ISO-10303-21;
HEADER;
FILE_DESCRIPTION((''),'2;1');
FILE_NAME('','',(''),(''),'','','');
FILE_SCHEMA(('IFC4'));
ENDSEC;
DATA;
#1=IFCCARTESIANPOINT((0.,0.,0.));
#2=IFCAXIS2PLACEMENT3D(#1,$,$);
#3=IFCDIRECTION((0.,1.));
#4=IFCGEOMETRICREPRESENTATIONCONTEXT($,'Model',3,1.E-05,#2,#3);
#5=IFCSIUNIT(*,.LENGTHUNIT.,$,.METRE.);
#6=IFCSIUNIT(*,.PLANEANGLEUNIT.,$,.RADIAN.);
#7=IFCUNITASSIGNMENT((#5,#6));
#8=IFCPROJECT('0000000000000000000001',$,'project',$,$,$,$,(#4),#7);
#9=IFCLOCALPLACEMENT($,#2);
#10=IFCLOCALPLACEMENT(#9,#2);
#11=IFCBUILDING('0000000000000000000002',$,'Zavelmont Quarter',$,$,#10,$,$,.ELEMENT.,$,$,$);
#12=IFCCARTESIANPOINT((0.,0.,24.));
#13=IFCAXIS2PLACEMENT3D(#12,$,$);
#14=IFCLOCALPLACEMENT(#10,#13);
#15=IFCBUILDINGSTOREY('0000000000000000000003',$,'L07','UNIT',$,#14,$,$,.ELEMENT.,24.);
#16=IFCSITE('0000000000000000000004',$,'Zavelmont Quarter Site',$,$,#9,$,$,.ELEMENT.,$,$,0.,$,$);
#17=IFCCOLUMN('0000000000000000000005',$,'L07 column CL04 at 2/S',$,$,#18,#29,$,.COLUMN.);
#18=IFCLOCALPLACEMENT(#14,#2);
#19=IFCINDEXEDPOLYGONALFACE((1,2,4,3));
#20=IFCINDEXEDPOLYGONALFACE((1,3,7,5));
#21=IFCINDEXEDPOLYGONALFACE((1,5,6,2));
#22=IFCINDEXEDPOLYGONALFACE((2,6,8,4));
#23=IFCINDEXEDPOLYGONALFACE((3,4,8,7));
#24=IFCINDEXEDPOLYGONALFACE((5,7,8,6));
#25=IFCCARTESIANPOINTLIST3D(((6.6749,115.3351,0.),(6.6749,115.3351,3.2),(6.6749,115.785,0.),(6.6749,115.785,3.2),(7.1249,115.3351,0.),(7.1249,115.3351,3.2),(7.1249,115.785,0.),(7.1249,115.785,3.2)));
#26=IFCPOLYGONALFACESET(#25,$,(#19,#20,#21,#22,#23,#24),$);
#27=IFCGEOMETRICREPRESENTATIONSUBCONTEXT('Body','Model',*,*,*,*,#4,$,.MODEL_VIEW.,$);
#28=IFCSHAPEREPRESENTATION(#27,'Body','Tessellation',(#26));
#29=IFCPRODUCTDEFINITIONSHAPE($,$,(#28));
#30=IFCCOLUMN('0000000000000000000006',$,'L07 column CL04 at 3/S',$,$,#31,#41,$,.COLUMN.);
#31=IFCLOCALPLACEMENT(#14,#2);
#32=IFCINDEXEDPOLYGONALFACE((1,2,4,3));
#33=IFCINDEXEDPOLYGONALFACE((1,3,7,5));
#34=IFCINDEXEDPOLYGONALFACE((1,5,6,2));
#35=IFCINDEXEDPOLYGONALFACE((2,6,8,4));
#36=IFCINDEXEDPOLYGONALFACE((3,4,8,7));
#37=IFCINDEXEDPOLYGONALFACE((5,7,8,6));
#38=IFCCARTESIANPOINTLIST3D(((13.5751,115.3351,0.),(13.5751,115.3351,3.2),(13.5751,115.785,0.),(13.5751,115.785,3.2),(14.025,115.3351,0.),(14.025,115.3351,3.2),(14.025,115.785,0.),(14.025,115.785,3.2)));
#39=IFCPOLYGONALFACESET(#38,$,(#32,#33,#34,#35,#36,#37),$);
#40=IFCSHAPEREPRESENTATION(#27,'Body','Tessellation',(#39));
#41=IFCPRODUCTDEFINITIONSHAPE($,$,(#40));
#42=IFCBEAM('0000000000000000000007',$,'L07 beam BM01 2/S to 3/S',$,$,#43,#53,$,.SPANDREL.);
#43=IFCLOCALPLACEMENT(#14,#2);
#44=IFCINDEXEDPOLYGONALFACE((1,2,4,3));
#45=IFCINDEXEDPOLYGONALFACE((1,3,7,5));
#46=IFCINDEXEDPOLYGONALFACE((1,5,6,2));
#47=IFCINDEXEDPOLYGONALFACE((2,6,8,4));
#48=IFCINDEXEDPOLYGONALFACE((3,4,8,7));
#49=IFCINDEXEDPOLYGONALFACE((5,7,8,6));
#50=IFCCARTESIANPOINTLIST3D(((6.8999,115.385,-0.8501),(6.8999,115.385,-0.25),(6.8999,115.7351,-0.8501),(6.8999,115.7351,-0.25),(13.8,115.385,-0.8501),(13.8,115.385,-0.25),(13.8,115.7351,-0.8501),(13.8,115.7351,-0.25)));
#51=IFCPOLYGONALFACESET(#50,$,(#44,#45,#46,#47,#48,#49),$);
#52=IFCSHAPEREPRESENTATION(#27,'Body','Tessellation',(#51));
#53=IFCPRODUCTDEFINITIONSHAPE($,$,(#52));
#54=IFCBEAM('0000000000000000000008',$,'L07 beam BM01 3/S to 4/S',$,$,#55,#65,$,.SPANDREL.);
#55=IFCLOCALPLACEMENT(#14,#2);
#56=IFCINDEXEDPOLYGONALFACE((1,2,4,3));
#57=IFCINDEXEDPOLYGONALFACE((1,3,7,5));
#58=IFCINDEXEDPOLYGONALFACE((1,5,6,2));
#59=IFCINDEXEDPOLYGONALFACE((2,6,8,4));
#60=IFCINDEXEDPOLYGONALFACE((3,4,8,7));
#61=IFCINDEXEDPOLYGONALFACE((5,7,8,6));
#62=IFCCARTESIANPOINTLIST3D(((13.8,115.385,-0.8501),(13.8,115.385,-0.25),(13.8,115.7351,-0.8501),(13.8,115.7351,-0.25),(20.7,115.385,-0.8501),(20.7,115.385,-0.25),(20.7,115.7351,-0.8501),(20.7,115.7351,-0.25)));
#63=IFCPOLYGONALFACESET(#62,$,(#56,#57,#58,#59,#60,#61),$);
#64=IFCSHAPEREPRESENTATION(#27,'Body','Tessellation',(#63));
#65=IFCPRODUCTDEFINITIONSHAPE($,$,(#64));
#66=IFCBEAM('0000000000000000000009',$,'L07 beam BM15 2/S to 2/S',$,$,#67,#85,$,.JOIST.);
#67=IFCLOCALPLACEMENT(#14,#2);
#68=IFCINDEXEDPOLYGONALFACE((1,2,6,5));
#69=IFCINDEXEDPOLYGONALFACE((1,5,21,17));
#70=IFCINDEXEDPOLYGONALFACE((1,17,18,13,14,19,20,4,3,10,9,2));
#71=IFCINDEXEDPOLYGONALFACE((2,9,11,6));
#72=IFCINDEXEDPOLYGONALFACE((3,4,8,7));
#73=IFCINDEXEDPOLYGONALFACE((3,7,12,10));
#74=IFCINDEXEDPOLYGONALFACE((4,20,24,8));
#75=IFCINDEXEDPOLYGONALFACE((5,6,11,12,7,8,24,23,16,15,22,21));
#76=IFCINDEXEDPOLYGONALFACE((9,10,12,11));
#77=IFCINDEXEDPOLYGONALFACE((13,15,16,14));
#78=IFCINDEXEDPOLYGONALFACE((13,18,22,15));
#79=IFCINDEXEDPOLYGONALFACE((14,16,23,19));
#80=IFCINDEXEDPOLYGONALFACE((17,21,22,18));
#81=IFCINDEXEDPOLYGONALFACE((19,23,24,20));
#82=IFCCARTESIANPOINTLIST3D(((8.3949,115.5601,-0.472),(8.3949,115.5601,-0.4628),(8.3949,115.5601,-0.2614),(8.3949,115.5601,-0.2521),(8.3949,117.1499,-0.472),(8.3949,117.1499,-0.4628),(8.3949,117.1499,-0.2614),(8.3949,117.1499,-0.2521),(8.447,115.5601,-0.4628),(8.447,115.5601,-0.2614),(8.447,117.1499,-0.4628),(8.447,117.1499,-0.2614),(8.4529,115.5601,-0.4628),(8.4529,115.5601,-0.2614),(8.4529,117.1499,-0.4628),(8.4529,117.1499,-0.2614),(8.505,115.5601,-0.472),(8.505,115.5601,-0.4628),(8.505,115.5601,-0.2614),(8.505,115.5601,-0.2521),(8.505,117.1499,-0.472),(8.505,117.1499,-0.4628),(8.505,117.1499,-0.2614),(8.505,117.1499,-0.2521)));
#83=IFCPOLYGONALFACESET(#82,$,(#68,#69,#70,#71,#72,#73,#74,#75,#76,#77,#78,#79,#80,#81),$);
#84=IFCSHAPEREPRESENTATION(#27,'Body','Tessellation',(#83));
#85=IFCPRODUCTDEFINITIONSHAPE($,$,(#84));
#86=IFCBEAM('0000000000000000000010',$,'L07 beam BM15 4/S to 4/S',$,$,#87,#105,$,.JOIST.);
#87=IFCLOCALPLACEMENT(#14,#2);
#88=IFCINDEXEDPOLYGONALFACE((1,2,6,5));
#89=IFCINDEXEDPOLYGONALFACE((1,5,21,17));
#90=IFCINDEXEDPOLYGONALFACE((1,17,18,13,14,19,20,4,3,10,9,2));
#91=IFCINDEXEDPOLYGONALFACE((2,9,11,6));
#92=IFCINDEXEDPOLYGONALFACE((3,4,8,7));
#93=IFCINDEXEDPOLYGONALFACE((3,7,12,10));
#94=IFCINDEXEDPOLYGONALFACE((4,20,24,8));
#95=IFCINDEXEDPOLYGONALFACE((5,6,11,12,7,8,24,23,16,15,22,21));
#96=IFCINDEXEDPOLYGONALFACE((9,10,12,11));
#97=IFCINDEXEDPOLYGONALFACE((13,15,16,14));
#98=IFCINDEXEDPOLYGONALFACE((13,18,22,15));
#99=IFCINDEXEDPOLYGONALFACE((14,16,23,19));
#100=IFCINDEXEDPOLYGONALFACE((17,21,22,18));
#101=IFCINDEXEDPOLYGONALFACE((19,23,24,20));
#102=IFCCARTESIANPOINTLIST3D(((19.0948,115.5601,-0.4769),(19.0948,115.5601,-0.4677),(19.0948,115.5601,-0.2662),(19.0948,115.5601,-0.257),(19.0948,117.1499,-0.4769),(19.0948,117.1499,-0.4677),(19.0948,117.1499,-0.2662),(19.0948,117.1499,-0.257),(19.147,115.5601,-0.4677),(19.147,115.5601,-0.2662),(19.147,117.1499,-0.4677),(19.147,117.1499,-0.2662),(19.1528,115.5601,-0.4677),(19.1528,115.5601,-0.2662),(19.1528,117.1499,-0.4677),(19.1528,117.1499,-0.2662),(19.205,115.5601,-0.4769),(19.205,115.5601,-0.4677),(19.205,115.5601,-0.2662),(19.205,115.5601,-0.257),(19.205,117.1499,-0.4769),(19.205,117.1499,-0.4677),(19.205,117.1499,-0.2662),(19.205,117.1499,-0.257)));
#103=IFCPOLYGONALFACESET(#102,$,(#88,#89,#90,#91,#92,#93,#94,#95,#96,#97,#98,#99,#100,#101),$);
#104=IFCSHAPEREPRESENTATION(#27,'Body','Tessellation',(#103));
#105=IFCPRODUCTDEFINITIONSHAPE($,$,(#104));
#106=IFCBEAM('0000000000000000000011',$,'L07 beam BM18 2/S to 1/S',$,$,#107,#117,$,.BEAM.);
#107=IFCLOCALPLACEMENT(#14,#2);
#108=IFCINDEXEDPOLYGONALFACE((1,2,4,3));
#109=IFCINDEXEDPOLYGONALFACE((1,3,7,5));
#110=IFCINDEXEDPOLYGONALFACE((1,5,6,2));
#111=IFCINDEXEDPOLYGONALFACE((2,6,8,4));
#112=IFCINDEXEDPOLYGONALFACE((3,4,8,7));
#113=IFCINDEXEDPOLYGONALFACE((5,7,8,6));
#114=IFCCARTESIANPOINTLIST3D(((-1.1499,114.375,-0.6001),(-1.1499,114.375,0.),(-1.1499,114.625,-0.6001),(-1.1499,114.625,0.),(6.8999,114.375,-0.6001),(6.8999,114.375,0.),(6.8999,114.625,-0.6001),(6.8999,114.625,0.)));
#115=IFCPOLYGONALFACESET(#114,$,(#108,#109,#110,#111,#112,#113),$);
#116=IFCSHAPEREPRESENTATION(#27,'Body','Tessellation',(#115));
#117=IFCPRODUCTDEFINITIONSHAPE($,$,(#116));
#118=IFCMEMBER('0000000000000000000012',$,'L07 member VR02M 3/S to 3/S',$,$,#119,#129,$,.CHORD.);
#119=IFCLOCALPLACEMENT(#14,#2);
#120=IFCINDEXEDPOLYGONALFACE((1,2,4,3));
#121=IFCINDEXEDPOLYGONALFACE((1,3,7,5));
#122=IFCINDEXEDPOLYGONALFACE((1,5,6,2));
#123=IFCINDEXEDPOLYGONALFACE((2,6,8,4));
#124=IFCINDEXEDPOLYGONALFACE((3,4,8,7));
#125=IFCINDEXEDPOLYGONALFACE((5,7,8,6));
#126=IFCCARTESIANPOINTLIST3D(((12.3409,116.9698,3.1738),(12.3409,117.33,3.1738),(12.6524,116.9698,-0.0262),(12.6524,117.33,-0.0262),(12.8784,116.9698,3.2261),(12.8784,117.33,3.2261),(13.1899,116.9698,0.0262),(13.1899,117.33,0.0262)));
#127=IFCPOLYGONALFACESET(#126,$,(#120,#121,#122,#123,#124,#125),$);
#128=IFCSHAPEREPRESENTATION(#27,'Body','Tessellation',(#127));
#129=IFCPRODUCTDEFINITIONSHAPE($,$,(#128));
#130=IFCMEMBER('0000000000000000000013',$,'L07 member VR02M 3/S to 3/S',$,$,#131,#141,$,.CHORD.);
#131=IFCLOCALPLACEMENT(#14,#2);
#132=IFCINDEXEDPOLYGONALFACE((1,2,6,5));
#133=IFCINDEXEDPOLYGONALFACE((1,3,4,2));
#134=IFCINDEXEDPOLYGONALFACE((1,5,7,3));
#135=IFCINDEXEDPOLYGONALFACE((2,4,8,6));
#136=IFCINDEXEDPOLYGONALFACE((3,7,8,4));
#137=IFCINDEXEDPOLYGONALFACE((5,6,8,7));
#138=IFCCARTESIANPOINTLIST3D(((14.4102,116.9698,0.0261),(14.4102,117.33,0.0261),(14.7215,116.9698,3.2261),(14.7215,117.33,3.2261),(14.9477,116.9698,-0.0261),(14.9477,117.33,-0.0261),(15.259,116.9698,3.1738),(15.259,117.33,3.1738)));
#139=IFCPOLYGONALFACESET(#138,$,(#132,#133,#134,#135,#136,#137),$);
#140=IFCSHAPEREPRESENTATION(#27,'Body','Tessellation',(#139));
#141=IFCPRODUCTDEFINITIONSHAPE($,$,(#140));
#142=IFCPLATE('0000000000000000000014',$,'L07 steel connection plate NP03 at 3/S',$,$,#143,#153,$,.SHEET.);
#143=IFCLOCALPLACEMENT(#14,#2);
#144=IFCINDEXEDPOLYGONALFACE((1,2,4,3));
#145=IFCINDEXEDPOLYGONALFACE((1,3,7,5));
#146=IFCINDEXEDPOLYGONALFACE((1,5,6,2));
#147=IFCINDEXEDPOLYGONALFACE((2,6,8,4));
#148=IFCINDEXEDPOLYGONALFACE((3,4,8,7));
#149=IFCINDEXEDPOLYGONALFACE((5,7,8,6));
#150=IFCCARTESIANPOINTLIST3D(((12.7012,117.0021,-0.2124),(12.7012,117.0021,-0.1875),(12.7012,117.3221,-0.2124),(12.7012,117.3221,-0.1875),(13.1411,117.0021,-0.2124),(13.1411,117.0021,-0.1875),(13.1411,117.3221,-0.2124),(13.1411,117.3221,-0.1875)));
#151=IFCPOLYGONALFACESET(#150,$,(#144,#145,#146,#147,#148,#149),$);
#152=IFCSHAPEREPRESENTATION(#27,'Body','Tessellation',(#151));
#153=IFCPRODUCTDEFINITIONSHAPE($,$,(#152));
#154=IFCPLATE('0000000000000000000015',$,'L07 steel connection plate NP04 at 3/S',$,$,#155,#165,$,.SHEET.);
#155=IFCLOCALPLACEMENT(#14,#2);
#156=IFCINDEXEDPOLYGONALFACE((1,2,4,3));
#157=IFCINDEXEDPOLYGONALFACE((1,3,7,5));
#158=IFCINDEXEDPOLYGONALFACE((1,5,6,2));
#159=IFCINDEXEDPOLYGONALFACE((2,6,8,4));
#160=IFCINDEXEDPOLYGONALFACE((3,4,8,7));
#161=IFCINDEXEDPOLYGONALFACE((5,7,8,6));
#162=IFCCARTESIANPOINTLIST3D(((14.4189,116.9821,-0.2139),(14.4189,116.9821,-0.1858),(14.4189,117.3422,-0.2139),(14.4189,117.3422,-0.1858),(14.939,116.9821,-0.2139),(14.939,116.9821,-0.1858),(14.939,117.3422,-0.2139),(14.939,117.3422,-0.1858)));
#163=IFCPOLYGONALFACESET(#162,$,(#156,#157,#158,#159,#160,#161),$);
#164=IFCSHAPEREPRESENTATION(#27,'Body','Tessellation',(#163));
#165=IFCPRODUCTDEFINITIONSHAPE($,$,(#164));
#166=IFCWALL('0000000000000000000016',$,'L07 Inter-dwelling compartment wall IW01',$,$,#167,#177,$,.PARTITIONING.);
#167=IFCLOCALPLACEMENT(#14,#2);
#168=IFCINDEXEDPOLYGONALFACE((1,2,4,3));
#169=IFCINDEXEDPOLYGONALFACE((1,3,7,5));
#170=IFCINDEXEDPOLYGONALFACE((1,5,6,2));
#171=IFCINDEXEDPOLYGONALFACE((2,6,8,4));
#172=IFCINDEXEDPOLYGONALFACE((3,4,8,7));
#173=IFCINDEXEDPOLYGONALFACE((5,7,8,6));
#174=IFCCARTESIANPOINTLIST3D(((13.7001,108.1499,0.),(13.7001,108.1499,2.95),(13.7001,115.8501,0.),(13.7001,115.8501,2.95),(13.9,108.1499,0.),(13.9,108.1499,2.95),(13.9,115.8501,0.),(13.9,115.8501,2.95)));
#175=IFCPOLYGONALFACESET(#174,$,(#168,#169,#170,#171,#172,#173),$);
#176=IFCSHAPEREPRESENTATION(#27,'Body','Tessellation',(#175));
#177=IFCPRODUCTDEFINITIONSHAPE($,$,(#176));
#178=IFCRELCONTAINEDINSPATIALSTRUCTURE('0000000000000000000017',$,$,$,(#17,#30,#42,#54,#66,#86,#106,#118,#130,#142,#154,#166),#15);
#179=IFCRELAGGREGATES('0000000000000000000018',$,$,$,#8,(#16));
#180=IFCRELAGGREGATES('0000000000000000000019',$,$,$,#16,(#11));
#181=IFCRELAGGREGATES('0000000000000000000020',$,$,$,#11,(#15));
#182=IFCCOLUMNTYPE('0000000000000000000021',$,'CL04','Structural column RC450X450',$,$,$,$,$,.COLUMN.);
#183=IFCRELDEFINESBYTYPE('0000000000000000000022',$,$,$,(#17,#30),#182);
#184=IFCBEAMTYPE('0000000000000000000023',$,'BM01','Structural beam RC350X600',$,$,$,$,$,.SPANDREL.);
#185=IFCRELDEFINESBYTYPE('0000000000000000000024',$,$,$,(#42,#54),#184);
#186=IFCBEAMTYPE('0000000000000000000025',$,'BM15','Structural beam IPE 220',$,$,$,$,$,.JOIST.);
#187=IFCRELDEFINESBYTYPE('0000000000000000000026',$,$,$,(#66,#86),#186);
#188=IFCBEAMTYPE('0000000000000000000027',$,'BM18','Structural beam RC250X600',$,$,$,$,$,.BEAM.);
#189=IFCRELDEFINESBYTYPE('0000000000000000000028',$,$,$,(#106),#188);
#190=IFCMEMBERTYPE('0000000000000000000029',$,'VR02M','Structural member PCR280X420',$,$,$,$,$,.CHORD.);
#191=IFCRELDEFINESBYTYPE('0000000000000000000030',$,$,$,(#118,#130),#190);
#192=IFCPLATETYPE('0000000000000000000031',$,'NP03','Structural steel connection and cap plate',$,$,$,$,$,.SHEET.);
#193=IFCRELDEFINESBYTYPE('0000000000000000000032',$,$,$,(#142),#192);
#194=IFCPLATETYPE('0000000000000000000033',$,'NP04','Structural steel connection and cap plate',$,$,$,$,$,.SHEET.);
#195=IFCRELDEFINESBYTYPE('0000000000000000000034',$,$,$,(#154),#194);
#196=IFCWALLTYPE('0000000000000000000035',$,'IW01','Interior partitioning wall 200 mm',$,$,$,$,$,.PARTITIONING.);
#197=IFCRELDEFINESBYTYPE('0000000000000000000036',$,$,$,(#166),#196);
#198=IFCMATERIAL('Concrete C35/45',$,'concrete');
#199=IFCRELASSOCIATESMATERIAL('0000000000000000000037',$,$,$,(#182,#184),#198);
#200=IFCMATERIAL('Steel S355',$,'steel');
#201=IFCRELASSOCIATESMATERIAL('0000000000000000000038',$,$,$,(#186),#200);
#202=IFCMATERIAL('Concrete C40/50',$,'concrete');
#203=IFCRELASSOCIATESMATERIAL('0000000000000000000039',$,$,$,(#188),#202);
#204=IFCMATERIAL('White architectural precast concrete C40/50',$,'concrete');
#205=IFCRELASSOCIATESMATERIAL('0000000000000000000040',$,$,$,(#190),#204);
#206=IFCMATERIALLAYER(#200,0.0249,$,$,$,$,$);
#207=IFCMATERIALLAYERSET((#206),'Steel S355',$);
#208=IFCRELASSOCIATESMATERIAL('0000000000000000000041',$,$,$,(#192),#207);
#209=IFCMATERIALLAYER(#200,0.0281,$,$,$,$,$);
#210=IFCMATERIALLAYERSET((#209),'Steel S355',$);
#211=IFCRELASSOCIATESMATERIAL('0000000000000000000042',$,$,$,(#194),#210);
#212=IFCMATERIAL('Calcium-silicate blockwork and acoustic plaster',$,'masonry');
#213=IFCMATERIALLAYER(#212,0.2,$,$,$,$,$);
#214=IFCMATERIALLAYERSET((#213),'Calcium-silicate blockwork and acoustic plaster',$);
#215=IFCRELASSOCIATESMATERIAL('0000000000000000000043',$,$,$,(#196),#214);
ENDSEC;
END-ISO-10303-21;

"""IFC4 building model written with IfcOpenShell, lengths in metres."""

from ifc_helpers import new_model, si_unit, direction, frame, frame_2d, origin, origin_2d, place, context, subcontext, project, spatial, rectangle, i_section, extrude, material, layer, layer_set, material_profile, profile_set, type_object, element, save


model = new_model("IFC4")

# Units and contexts
model_context = context("Model", 3, precision=1e-05, world=origin(), true_north=direction((0.0, 1.0)))
body_context = subcontext(model_context, "Body", "Model", "MODEL_VIEW")
ifc_project = project(units=[si_unit("LENGTHUNIT", "METRE"), si_unit("PLANEANGLEUNIT", "RADIAN")], contexts=[model_context])

# Site, building, storey
site_placement = place(None, origin())
site = spatial("IfcSite", under=ifc_project, at=site_placement, Name="Zavelmont Quarter Site", CompositionType="ELEMENT", RefElevation=0.0)
building_placement = place(site_placement, origin())
building = spatial("IfcBuilding", under=site, at=building_placement, Name="Zavelmont Quarter", CompositionType="ELEMENT")
storey_placement = place(building_placement, frame((0.0, 0.0, 24.0)))
storey = spatial("IfcBuildingStorey", under=building, at=storey_placement, Name="L07", Description="UNIT", CompositionType="ELEMENT", Elevation=24.0)

# Columns
ifc_material_1 = material(Name="Concrete C35/45", Category="concrete")
ifc_material_profile_1 = material_profile(ifc_material_1, rectangle(XDim=0.45, YDim=0.45, at=origin_2d()), Name="RC450X450")
ifc_profile_set_1 = profile_set([ifc_material_profile_1], Name="Concrete C35/45")
column_type = type_object("IfcColumnType", Name="CL04", Description="Structural column RC450X450", PredefinedType="COLUMN", material=ifc_profile_set_1)
for number, where, z_axis, x_axis, name in (
    (1, (6.8999, 115.5601, 0.0), (0.0, 0.0, 1.0), (1.0, 0.0, 0.0), "L07 column CL04 at 2/S"),
    (2, (13.8, 115.5601, 0.0), (0.0, 0.0, 1.0), (1.0, 0.0, 0.0), "L07 column CL04 at 3/S"),
):
    element("IfcColumn", number, at=place(storey_placement, frame(where, z_axis=z_axis, x_axis=x_axis)), inside=storey, type_object=column_type, Name=name, PredefinedType="COLUMN", context=body_context, shape_type="SweptSolid", body=[
        extrude(rectangle(XDim=0.45, YDim=0.45, at=origin_2d()), origin(), (0.0, 0.0, 1.0), 3.2),
    ])

# Beams
ifc_material_profile_2 = material_profile(ifc_material_1, rectangle(XDim=0.3501, YDim=0.6001, at=origin_2d()), Name="RC350X600")
ifc_profile_set_2 = profile_set([ifc_material_profile_2], Name="Concrete C35/45")
beam_type_1 = type_object("IfcBeamType", Name="BM01", Description="Structural beam RC350X600", PredefinedType="SPANDREL", material=ifc_profile_set_2)
beam_1_placement = place(storey_placement, frame((6.8999, 115.5601, -0.55), z_axis=(1.0, 0.0, 0.0), x_axis=(0.0, 1.0, 0.0)))
element("IfcBeam", 3, at=beam_1_placement, inside=storey, type_object=beam_type_1, Name="L07 beam BM01 2/S to 3/S", PredefinedType="SPANDREL", context=body_context, shape_type="SweptSolid", body=[
    extrude(rectangle(XDim=0.3501, YDim=0.6001, at=origin_2d()), origin(), (0.0, 0.0, 1.0), 6.9001),
])
beam_2_placement = place(storey_placement, frame((13.8, 115.5601, -0.55), z_axis=(1.0, 0.0, 0.0), x_axis=(0.0, 1.0, 0.0)))
element("IfcBeam", 4, at=beam_2_placement, inside=storey, type_object=beam_type_1, Name="L07 beam BM01 3/S to 4/S", PredefinedType="SPANDREL", context=body_context, shape_type="SweptSolid", body=[
    extrude(rectangle(XDim=0.3501, YDim=0.6001, at=origin_2d()), origin(), (0.0, 0.0, 1.0), 6.8999),
])
ifc_material_2 = material(Name="Steel S355", Category="steel")
ifc_material_profile_3 = material_profile(ifc_material_2, i_section(OverallWidth=0.1101, OverallDepth=0.22, WebThickness=0.0059, FlangeThickness=0.0093, at=origin_2d()), Name="IPE 220")
ifc_profile_set_3 = profile_set([ifc_material_profile_3], Name="Steel S355")
beam_type_2 = type_object("IfcBeamType", Name="BM15", Description="Structural beam IPE 220", PredefinedType="JOIST", material=ifc_profile_set_3)
for number, where, z_axis, x_axis, name in (
    (5, (8.45, 115.5601, -0.3621), (0.0, 1.0, 0.0), (-1.0, 0.0, 0.0), "L07 beam BM15 2/S to 2/S"),
    (6, (19.1499, 115.5601, -0.3669), (0.0, 1.0, 0.0), (-1.0, 0.0, 0.0), "L07 beam BM15 4/S to 4/S"),
):
    element("IfcBeam", number, at=place(storey_placement, frame(where, z_axis=z_axis, x_axis=x_axis)), inside=storey, type_object=beam_type_2, Name=name, PredefinedType="JOIST", context=body_context, shape_type="SweptSolid", body=[
        extrude(i_section(OverallWidth=0.1101, OverallDepth=0.22, WebThickness=0.0059, FlangeThickness=0.0093, at=origin_2d()), origin(), (0.0, 0.0, 1.0), 1.5898),
    ])
ifc_material_3 = material(Name="Concrete C40/50", Category="concrete")
ifc_material_profile_4 = material_profile(ifc_material_3, rectangle(XDim=0.25, YDim=0.6001, at=origin_2d()), Name="RC250X600")
ifc_profile_set_4 = profile_set([ifc_material_profile_4], Name="Concrete C40/50")
beam_type_3 = type_object("IfcBeamType", Name="BM18", Description="Structural beam RC250X600", PredefinedType="BEAM", material=ifc_profile_set_4)
beam_3_placement = place(storey_placement, frame((6.8999, 114.5, -0.3), z_axis=(-1.0, 0.0, 0.0), x_axis=(0.0, -1.0, 0.0)))
element("IfcBeam", 7, at=beam_3_placement, inside=storey, type_object=beam_type_3, Name="L07 beam BM18 2/S to 1/S", PredefinedType="BEAM", context=body_context, shape_type="SweptSolid", body=[
    extrude(rectangle(XDim=0.25, YDim=0.6001, at=origin_2d()), origin(), (0.0, 0.0, 1.0), 8.0498),
])

# Members
ifc_material_4 = material(Name="White architectural precast concrete C40/50", Category="concrete")
ifc_material_profile_5 = material_profile(ifc_material_4, rectangle(XDim=0.3601, YDim=0.54, at=origin_2d()), Name="PCR280X420")
ifc_profile_set_5 = profile_set([ifc_material_profile_5], Name="White architectural precast concrete C40/50")
member_type = type_object("IfcMemberType", Name="VR02M", Description="Structural member PCR280X420", PredefinedType="CHORD", material=ifc_profile_set_5)
for number, where, z_axis, x_axis, name in (
    (8, (12.9211, 117.1499, 0.0), (-0.096894, 0.0, 0.995295), (0.0, -1.0, 0.0), "L07 member VR02M 3/S to 3/S"),
    (9, (14.679, 117.1499, 0.0), (0.096819, 0.0, 0.995302), (0.0, 1.0, 0.0), "L07 member VR02M 3/S to 3/S"),
):
    element("IfcMember", number, at=place(storey_placement, frame(where, z_axis=z_axis, x_axis=x_axis)), inside=storey, type_object=member_type, Name=name, PredefinedType="CHORD", context=body_context, shape_type="SweptSolid", body=[
        extrude(rectangle(XDim=0.3601, YDim=0.54, at=origin_2d()), origin(), (0.0, 0.0, 1.0), 3.2151),
    ])

# Plates
ifc_layer_1 = layer(ifc_material_2, 0.0249)
ifc_layer_set_1 = layer_set([ifc_layer_1], Name="Steel S355")
plate_type_1 = type_object("IfcPlateType", Name="NP03", Description="Structural steel connection and cap plate", PredefinedType="SHEET", material=ifc_layer_set_1)
plate_1_placement = place(storey_placement, frame((12.9211, 117.1621, -0.2124), z_axis=(0.0, 0.0, 1.0), x_axis=(1.0, 0.0, 0.0)))
element("IfcPlate", 10, at=plate_1_placement, inside=storey, type_object=plate_type_1, Name="L07 steel connection plate NP03 at 3/S", PredefinedType="SHEET", context=body_context, shape_type="SweptSolid", body=[
    extrude(rectangle(XDim=0.4399, YDim=0.3201, at=origin_2d()), origin(), (0.0, 0.0, 1.0), 0.0249),
])
ifc_layer_2 = layer(ifc_material_2, 0.0281)
ifc_layer_set_2 = layer_set([ifc_layer_2], Name="Steel S355")
plate_type_2 = type_object("IfcPlateType", Name="NP04", Description="Structural steel connection and cap plate", PredefinedType="SHEET", material=ifc_layer_set_2)
plate_2_placement = place(storey_placement, frame((14.679, 117.1621, -0.2139), z_axis=(0.0, 0.0, 1.0), x_axis=(1.0, 0.0, 0.0)))
element("IfcPlate", 11, at=plate_2_placement, inside=storey, type_object=plate_type_2, Name="L07 steel connection plate NP04 at 3/S", PredefinedType="SHEET", context=body_context, shape_type="SweptSolid", body=[
    extrude(rectangle(XDim=0.52, YDim=0.3601, at=origin_2d()), origin(), (0.0, 0.0, 1.0), 0.0281),
])

# Wall
ifc_material_5 = material(Name="Calcium-silicate blockwork and acoustic plaster", Category="masonry")
ifc_layer_3 = layer(ifc_material_5, 0.2)
ifc_layer_set_3 = layer_set([ifc_layer_3], Name="Calcium-silicate blockwork and acoustic plaster")
wall_type_1 = type_object("IfcWallType", Name="IW01", Description="Interior partitioning wall 200 mm", PredefinedType="PARTITIONING", material=ifc_layer_set_3)
wall_1_placement = place(storey_placement, frame((13.8, 108.1499, 0.0), z_axis=(0.0, 0.0, 1.0), x_axis=(0.0, 1.0, 0.0)))
element("IfcWall", 12, at=wall_1_placement, inside=storey, type_object=wall_type_1, Name="L07 Inter-dwelling compartment wall IW01", PredefinedType="PARTITIONING", context=body_context, shape_type="SweptSolid", body=[
    extrude(rectangle(XDim=7.7002, YDim=0.2, at=frame_2d((3.8501, 0.0))), origin(), (0.0, 0.0, 1.0), 2.95),
])

save(model, "model.ifc")
